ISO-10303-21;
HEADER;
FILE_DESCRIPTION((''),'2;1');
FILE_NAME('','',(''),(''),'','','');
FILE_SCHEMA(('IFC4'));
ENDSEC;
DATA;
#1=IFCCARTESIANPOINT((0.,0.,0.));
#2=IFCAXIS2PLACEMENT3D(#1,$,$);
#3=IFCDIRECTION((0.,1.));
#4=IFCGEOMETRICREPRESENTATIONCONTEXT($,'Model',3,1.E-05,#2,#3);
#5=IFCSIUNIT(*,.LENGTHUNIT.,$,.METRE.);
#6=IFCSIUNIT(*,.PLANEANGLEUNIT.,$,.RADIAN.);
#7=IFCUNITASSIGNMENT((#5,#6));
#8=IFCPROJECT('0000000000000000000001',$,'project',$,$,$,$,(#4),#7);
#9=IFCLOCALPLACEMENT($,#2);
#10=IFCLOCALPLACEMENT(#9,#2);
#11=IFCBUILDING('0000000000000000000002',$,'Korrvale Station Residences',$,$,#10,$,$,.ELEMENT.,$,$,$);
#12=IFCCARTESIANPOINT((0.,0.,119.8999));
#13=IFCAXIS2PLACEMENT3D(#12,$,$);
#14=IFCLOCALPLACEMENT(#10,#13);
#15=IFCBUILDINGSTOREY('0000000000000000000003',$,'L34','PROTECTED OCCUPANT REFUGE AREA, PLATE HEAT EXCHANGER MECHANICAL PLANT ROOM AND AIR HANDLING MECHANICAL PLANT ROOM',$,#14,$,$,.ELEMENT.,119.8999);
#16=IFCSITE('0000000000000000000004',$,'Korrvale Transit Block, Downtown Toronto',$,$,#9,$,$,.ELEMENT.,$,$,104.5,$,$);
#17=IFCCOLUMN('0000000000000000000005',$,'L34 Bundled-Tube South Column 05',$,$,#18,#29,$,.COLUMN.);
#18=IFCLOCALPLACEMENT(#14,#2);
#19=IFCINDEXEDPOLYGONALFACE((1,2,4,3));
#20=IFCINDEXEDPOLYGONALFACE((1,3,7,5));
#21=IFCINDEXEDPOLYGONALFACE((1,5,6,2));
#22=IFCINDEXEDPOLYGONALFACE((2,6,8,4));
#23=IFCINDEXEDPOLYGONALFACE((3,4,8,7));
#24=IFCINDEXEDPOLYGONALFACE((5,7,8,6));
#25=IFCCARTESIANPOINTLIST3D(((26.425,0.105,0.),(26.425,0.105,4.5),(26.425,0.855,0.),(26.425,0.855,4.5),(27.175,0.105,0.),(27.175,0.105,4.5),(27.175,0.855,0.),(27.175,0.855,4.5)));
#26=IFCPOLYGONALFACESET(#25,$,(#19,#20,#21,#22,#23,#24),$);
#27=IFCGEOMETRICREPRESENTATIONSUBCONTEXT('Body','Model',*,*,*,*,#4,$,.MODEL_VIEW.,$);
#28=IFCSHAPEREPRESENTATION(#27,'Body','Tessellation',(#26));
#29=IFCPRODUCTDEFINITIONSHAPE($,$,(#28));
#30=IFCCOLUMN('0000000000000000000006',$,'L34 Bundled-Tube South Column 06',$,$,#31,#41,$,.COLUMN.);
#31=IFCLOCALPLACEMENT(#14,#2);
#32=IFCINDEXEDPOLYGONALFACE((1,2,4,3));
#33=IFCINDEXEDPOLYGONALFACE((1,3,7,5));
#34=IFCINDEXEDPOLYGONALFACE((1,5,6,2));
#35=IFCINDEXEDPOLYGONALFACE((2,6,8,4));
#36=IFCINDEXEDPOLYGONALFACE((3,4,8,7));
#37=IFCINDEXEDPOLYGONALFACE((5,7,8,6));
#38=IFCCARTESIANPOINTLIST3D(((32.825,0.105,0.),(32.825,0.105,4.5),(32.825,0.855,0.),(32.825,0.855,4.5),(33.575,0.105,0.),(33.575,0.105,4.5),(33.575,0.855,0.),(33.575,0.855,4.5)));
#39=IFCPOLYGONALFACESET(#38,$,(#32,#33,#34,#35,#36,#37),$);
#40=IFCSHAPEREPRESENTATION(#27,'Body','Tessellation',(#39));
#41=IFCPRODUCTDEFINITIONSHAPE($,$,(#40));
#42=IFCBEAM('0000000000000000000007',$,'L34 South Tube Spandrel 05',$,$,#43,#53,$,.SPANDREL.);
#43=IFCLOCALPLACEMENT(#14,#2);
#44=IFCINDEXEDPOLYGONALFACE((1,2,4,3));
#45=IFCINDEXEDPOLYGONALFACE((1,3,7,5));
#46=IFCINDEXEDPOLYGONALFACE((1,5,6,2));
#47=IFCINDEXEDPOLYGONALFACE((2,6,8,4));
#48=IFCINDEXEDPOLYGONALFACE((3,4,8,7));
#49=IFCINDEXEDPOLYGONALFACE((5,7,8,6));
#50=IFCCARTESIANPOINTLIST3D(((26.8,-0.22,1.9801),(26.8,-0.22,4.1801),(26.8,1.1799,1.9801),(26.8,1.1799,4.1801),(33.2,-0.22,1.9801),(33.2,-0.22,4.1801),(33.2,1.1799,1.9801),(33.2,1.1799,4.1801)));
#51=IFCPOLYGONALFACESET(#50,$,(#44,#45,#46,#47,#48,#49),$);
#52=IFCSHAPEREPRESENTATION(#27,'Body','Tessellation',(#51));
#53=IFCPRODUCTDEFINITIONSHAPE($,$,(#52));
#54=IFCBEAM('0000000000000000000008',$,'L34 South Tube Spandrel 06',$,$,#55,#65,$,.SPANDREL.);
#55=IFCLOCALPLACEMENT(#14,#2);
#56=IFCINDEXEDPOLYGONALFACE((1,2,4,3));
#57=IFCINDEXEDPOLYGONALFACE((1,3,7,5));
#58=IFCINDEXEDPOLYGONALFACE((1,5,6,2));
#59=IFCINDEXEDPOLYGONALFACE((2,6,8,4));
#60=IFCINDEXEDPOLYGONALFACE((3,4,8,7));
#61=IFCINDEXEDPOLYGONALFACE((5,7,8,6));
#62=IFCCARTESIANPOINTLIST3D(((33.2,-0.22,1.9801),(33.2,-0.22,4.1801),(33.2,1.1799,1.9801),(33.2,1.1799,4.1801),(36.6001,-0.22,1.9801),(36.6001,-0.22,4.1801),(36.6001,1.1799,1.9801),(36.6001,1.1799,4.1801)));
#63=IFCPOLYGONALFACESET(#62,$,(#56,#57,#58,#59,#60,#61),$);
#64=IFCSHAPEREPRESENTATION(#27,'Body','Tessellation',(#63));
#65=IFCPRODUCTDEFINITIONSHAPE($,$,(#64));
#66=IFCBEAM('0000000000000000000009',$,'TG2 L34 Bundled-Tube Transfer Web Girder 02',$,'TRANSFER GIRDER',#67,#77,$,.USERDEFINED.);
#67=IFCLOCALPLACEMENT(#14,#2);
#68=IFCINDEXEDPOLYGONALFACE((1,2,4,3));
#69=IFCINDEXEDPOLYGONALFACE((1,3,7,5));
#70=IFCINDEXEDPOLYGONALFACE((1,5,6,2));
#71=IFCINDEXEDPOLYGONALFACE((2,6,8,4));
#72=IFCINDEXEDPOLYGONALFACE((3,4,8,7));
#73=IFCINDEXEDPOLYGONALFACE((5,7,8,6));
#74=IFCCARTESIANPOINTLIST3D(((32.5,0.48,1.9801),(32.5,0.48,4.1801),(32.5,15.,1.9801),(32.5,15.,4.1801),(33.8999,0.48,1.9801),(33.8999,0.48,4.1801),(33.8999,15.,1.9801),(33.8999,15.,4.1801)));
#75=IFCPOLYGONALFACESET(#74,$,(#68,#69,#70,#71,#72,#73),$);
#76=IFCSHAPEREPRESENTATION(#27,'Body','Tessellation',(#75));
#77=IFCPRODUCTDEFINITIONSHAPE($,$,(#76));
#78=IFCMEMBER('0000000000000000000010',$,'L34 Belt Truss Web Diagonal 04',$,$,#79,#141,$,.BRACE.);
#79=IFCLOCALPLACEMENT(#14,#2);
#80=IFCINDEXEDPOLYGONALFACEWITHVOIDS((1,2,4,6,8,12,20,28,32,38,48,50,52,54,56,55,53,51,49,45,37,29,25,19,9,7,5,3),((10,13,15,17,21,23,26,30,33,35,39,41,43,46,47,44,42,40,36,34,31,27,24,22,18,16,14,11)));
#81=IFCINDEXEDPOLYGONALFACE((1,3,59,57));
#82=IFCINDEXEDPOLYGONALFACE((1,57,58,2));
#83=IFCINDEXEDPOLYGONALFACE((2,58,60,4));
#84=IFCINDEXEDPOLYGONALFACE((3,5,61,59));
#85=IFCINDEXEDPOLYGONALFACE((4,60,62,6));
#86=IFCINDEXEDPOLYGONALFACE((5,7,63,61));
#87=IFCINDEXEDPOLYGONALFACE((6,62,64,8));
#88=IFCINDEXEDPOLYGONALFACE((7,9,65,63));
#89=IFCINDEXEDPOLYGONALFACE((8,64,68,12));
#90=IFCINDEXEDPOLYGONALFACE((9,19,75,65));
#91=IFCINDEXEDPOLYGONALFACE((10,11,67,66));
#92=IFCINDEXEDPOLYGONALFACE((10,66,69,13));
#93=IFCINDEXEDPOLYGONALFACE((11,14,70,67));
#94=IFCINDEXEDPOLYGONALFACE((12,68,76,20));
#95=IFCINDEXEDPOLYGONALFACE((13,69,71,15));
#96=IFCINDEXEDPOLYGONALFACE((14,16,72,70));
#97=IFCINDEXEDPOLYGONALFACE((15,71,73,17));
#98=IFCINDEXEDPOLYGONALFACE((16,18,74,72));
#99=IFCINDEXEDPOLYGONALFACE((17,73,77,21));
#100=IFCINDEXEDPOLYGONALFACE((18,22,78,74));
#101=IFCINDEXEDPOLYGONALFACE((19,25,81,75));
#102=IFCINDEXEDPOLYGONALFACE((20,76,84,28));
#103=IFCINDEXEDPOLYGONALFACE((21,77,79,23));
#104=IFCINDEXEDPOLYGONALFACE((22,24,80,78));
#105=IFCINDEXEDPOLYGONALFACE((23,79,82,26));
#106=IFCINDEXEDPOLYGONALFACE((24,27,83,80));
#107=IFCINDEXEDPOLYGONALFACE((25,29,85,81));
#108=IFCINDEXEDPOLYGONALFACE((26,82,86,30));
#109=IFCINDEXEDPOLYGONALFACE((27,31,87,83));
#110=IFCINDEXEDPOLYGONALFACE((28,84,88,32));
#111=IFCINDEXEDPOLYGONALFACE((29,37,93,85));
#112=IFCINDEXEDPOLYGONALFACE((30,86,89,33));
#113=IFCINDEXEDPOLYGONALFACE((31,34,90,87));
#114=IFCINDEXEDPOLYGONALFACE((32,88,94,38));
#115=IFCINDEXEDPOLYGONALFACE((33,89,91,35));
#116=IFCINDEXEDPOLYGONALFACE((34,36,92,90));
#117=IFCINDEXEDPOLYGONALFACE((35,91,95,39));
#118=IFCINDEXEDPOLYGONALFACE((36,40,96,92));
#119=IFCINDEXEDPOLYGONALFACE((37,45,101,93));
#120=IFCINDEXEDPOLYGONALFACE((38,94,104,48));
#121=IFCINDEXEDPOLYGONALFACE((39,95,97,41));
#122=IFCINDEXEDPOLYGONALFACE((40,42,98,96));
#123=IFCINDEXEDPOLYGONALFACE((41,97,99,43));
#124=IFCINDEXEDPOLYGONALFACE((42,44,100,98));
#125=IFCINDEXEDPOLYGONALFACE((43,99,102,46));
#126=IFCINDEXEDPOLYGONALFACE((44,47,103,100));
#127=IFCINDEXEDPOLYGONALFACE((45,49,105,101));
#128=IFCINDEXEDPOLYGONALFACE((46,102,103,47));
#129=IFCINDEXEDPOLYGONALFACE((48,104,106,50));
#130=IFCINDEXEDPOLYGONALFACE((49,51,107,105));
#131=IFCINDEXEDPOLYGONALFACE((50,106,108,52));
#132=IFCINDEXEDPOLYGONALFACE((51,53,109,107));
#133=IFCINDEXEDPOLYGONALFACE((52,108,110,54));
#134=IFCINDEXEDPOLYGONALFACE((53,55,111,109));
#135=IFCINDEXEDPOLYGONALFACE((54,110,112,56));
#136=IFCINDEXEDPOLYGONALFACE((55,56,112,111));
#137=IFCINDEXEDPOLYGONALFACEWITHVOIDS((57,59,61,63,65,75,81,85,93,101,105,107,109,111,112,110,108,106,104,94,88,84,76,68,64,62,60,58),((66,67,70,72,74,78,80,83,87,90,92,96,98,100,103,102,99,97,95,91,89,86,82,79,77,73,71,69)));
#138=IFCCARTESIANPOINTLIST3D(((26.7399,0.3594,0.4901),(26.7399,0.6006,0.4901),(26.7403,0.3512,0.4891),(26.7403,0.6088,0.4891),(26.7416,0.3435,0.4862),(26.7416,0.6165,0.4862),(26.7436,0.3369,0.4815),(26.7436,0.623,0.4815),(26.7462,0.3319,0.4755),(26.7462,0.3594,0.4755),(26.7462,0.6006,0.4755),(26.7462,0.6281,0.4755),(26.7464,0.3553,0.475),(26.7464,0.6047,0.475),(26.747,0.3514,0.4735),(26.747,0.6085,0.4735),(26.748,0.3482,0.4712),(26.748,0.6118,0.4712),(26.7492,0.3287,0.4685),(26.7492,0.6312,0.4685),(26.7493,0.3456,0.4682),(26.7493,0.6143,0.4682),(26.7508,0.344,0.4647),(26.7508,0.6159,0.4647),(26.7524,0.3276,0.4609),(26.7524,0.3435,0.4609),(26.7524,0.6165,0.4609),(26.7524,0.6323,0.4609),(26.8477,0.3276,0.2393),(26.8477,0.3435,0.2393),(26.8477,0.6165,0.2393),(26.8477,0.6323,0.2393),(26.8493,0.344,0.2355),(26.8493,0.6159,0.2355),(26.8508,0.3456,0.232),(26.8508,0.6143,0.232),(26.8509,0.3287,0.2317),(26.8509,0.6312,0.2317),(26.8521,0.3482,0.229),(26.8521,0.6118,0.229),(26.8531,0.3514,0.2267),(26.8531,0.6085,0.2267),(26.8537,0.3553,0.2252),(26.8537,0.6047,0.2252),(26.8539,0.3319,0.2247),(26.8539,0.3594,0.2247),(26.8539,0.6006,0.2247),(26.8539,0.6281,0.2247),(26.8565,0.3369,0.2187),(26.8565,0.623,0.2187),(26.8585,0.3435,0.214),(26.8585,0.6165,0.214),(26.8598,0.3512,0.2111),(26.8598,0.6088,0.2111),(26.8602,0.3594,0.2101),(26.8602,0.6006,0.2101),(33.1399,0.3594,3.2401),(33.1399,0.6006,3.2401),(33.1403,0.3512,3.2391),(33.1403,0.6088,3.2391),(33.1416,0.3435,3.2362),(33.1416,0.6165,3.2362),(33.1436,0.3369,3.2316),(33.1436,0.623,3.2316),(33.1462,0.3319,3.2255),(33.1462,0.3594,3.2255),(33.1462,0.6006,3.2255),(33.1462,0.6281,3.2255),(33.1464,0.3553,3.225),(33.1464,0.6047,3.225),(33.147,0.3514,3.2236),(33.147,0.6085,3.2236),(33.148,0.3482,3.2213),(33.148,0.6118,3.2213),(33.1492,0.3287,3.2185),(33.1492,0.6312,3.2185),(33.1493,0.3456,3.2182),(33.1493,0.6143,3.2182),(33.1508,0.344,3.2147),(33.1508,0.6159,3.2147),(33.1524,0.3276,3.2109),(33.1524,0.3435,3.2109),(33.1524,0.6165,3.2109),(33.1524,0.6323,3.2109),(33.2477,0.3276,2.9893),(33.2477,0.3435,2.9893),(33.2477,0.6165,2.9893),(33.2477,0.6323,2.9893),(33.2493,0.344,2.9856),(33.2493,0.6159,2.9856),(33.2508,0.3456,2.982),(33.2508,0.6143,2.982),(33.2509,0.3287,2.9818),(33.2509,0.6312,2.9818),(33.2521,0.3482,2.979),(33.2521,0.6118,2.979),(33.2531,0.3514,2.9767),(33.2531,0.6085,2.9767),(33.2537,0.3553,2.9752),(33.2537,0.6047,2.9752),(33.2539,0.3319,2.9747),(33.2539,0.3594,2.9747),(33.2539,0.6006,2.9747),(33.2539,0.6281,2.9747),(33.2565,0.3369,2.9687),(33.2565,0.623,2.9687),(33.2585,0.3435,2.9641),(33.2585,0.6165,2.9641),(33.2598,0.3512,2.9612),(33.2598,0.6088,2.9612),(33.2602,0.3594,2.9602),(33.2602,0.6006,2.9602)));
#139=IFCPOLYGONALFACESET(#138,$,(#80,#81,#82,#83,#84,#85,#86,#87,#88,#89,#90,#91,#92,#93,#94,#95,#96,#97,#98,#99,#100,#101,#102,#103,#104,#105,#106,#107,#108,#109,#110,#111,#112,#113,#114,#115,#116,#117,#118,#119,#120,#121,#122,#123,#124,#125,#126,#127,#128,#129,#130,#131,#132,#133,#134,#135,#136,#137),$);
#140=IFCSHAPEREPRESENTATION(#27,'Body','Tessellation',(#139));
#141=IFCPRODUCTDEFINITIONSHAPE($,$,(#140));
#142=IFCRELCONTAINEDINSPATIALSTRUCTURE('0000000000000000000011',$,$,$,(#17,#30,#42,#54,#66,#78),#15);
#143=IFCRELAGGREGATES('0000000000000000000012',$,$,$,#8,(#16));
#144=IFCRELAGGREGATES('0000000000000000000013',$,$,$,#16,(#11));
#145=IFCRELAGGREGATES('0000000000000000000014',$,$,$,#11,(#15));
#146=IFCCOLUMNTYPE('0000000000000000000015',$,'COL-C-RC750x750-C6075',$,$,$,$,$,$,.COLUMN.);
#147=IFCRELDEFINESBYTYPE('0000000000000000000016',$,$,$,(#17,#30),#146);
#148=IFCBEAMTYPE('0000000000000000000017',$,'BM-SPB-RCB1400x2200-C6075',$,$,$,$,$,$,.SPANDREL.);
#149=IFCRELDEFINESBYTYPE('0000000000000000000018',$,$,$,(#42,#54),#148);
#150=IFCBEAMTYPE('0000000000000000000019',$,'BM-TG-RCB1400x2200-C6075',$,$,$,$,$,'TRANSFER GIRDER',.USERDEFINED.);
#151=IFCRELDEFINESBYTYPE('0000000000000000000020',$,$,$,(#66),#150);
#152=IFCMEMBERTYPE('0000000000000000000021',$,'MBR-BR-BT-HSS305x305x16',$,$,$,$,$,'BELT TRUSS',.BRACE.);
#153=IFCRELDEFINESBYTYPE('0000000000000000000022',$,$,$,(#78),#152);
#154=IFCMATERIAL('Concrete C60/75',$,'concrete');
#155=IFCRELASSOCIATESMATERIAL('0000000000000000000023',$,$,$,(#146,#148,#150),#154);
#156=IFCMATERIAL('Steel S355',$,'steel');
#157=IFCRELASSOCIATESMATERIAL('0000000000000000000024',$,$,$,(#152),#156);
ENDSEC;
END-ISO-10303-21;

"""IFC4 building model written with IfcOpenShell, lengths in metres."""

from ifc_helpers import new_model, si_unit, direction, frame, origin, origin_2d, place, context, subcontext, project, spatial, rectangle, hollow_rectangle, extrude, material, material_profile, profile_set, type_object, element, save


model = new_model("IFC4")

# Units and contexts
model_context = context("Model", 3, precision=1e-05, world=origin(), true_north=direction((0.0, 1.0)))
body_context = subcontext(model_context, "Body", "Model", "MODEL_VIEW")
ifc_project = project(units=[si_unit("LENGTHUNIT", "METRE"), si_unit("PLANEANGLEUNIT", "RADIAN")], contexts=[model_context])

# Site, building, storey
site_placement = place(None, origin())
site = spatial("IfcSite", under=ifc_project, at=site_placement, Name="Korrvale Transit Block, Downtown Toronto", CompositionType="ELEMENT", RefElevation=104.5)
building_placement = place(site_placement, origin())
building = spatial("IfcBuilding", under=site, at=building_placement, Name="Korrvale Station Residences", CompositionType="ELEMENT")
storey_placement = place(building_placement, frame((0.0, 0.0, 119.8999)))
storey = spatial("IfcBuildingStorey", under=building, at=storey_placement, Name="L34", Description="PROTECTED OCCUPANT REFUGE AREA, PLATE HEAT EXCHANGER MECHANICAL PLANT ROOM AND AIR HANDLING MECHANICAL PLANT ROOM", CompositionType="ELEMENT", Elevation=119.8999)

# Columns
ifc_material_1 = material(Name="Concrete C60/75", Category="concrete")
ifc_material_profile_1 = material_profile(ifc_material_1, rectangle(XDim=0.75, YDim=0.75, at=origin_2d()), Name="RC750x750")
ifc_profile_set_1 = profile_set([ifc_material_profile_1], Name="Concrete C60/75")
column_type = type_object("IfcColumnType", Name="COL-C-RC750x750-C6075", PredefinedType="COLUMN", material=ifc_profile_set_1)
for number, where, z_axis, x_axis, name in (
    (1, (26.8, 0.48, 0.0), (0.0, 0.0, 1.0), (1.0, 0.0, 0.0), "L34 Bundled-Tube South Column 05"),
    (2, (33.2, 0.48, 0.0), (0.0, 0.0, 1.0), (1.0, 0.0, 0.0), "L34 Bundled-Tube South Column 06"),
):
    element("IfcColumn", number, at=place(storey_placement, frame(where, z_axis=z_axis, x_axis=x_axis)), inside=storey, type_object=column_type, Name=name, PredefinedType="COLUMN", context=body_context, shape_type="SweptSolid", body=[
        extrude(rectangle(XDim=0.75, YDim=0.75, at=origin_2d()), origin(), (0.0, 0.0, 1.0), 4.5),
    ])

# Beams
ifc_material_profile_2 = material_profile(ifc_material_1, rectangle(XDim=1.3999, YDim=2.2, at=origin_2d()), Name="RCB1400x2200")
ifc_profile_set_2 = profile_set([ifc_material_profile_2], Name="Concrete C60/75")
beam_type_1 = type_object("IfcBeamType", Name="BM-SPB-RCB1400x2200-C6075", PredefinedType="SPANDREL", material=ifc_profile_set_2)
beam_1_placement = place(storey_placement, frame((26.8, 0.48, 3.0801), z_axis=(1.0, 0.0, 0.0), x_axis=(0.0, 1.0, 0.0)))
element("IfcBeam", 3, at=beam_1_placement, inside=storey, type_object=beam_type_1, Name="L34 South Tube Spandrel 05", PredefinedType="SPANDREL", context=body_context, shape_type="SweptSolid", body=[
    extrude(rectangle(XDim=1.3999, YDim=2.2, at=origin_2d()), origin(), (0.0, 0.0, 1.0), 6.3999),
])
beam_2_placement = place(storey_placement, frame((33.2, 0.48, 3.0801), z_axis=(1.0, 0.0, 0.0), x_axis=(0.0, 1.0, 0.0)))
element("IfcBeam", 4, at=beam_2_placement, inside=storey, type_object=beam_type_1, Name="L34 South Tube Spandrel 06", PredefinedType="SPANDREL", context=body_context, shape_type="SweptSolid", body=[
    extrude(rectangle(XDim=1.3999, YDim=2.2, at=origin_2d()), origin(), (0.0, 0.0, 1.0), 3.4001),
])
ifc_material_profile_3 = material_profile(ifc_material_1, rectangle(XDim=1.3999, YDim=2.2, at=origin_2d()), Name="RCB1400x2200")
ifc_profile_set_3 = profile_set([ifc_material_profile_3], Name="Concrete C60/75")
beam_type_2 = type_object("IfcBeamType", Name="BM-TG-RCB1400x2200-C6075", ElementType="TRANSFER GIRDER", PredefinedType="USERDEFINED", material=ifc_profile_set_3)
beam_3_placement = place(storey_placement, frame((33.2, 0.48, 3.0801), z_axis=(0.0, 1.0, 0.0), x_axis=(-1.0, 0.0, 0.0)))
element("IfcBeam", 5, at=beam_3_placement, inside=storey, type_object=beam_type_2, Name="TG2 L34 Bundled-Tube Transfer Web Girder 02", ObjectType="TRANSFER GIRDER", PredefinedType="USERDEFINED", context=body_context, shape_type="SweptSolid", body=[
    extrude(rectangle(XDim=1.3999, YDim=2.2, at=origin_2d()), origin(), (0.0, 0.0, 1.0), 14.52),
])

# Member
ifc_material_2 = material(Name="Steel S355", Category="steel")
ifc_material_profile_4 = material_profile(ifc_material_2, hollow_rectangle(XDim=0.3047, YDim=0.3047, WallThickness=0.0159, InnerFilletRadius=0.0159, OuterFilletRadius=0.0317, at=origin_2d()), Name="HSS305x305x16")
ifc_profile_set_4 = profile_set([ifc_material_profile_4], Name="Steel S355")
member_type_1 = type_object("IfcMemberType", Name="MBR-BR-BT-HSS305x305x16", ElementType="BELT TRUSS", PredefinedType="BRACE", material=ifc_profile_set_4)
member_1_placement = place(storey_placement, frame((26.8, 0.48, 0.3501), z_axis=(0.918771, 0.0, 0.394791), x_axis=(0.0, 1.0, 0.0)))
element("IfcMember", 6, at=member_1_placement, inside=storey, type_object=member_type_1, Name="L34 Belt Truss Web Diagonal 04", PredefinedType="BRACE", context=body_context, shape_type="SweptSolid", body=[
    extrude(hollow_rectangle(XDim=0.3047, YDim=0.3047, WallThickness=0.0159, InnerFilletRadius=0.0159, OuterFilletRadius=0.0317, at=origin_2d()), origin(), (0.0, 0.0, 1.0), 6.9658),
])

save(model, "model.ifc")
